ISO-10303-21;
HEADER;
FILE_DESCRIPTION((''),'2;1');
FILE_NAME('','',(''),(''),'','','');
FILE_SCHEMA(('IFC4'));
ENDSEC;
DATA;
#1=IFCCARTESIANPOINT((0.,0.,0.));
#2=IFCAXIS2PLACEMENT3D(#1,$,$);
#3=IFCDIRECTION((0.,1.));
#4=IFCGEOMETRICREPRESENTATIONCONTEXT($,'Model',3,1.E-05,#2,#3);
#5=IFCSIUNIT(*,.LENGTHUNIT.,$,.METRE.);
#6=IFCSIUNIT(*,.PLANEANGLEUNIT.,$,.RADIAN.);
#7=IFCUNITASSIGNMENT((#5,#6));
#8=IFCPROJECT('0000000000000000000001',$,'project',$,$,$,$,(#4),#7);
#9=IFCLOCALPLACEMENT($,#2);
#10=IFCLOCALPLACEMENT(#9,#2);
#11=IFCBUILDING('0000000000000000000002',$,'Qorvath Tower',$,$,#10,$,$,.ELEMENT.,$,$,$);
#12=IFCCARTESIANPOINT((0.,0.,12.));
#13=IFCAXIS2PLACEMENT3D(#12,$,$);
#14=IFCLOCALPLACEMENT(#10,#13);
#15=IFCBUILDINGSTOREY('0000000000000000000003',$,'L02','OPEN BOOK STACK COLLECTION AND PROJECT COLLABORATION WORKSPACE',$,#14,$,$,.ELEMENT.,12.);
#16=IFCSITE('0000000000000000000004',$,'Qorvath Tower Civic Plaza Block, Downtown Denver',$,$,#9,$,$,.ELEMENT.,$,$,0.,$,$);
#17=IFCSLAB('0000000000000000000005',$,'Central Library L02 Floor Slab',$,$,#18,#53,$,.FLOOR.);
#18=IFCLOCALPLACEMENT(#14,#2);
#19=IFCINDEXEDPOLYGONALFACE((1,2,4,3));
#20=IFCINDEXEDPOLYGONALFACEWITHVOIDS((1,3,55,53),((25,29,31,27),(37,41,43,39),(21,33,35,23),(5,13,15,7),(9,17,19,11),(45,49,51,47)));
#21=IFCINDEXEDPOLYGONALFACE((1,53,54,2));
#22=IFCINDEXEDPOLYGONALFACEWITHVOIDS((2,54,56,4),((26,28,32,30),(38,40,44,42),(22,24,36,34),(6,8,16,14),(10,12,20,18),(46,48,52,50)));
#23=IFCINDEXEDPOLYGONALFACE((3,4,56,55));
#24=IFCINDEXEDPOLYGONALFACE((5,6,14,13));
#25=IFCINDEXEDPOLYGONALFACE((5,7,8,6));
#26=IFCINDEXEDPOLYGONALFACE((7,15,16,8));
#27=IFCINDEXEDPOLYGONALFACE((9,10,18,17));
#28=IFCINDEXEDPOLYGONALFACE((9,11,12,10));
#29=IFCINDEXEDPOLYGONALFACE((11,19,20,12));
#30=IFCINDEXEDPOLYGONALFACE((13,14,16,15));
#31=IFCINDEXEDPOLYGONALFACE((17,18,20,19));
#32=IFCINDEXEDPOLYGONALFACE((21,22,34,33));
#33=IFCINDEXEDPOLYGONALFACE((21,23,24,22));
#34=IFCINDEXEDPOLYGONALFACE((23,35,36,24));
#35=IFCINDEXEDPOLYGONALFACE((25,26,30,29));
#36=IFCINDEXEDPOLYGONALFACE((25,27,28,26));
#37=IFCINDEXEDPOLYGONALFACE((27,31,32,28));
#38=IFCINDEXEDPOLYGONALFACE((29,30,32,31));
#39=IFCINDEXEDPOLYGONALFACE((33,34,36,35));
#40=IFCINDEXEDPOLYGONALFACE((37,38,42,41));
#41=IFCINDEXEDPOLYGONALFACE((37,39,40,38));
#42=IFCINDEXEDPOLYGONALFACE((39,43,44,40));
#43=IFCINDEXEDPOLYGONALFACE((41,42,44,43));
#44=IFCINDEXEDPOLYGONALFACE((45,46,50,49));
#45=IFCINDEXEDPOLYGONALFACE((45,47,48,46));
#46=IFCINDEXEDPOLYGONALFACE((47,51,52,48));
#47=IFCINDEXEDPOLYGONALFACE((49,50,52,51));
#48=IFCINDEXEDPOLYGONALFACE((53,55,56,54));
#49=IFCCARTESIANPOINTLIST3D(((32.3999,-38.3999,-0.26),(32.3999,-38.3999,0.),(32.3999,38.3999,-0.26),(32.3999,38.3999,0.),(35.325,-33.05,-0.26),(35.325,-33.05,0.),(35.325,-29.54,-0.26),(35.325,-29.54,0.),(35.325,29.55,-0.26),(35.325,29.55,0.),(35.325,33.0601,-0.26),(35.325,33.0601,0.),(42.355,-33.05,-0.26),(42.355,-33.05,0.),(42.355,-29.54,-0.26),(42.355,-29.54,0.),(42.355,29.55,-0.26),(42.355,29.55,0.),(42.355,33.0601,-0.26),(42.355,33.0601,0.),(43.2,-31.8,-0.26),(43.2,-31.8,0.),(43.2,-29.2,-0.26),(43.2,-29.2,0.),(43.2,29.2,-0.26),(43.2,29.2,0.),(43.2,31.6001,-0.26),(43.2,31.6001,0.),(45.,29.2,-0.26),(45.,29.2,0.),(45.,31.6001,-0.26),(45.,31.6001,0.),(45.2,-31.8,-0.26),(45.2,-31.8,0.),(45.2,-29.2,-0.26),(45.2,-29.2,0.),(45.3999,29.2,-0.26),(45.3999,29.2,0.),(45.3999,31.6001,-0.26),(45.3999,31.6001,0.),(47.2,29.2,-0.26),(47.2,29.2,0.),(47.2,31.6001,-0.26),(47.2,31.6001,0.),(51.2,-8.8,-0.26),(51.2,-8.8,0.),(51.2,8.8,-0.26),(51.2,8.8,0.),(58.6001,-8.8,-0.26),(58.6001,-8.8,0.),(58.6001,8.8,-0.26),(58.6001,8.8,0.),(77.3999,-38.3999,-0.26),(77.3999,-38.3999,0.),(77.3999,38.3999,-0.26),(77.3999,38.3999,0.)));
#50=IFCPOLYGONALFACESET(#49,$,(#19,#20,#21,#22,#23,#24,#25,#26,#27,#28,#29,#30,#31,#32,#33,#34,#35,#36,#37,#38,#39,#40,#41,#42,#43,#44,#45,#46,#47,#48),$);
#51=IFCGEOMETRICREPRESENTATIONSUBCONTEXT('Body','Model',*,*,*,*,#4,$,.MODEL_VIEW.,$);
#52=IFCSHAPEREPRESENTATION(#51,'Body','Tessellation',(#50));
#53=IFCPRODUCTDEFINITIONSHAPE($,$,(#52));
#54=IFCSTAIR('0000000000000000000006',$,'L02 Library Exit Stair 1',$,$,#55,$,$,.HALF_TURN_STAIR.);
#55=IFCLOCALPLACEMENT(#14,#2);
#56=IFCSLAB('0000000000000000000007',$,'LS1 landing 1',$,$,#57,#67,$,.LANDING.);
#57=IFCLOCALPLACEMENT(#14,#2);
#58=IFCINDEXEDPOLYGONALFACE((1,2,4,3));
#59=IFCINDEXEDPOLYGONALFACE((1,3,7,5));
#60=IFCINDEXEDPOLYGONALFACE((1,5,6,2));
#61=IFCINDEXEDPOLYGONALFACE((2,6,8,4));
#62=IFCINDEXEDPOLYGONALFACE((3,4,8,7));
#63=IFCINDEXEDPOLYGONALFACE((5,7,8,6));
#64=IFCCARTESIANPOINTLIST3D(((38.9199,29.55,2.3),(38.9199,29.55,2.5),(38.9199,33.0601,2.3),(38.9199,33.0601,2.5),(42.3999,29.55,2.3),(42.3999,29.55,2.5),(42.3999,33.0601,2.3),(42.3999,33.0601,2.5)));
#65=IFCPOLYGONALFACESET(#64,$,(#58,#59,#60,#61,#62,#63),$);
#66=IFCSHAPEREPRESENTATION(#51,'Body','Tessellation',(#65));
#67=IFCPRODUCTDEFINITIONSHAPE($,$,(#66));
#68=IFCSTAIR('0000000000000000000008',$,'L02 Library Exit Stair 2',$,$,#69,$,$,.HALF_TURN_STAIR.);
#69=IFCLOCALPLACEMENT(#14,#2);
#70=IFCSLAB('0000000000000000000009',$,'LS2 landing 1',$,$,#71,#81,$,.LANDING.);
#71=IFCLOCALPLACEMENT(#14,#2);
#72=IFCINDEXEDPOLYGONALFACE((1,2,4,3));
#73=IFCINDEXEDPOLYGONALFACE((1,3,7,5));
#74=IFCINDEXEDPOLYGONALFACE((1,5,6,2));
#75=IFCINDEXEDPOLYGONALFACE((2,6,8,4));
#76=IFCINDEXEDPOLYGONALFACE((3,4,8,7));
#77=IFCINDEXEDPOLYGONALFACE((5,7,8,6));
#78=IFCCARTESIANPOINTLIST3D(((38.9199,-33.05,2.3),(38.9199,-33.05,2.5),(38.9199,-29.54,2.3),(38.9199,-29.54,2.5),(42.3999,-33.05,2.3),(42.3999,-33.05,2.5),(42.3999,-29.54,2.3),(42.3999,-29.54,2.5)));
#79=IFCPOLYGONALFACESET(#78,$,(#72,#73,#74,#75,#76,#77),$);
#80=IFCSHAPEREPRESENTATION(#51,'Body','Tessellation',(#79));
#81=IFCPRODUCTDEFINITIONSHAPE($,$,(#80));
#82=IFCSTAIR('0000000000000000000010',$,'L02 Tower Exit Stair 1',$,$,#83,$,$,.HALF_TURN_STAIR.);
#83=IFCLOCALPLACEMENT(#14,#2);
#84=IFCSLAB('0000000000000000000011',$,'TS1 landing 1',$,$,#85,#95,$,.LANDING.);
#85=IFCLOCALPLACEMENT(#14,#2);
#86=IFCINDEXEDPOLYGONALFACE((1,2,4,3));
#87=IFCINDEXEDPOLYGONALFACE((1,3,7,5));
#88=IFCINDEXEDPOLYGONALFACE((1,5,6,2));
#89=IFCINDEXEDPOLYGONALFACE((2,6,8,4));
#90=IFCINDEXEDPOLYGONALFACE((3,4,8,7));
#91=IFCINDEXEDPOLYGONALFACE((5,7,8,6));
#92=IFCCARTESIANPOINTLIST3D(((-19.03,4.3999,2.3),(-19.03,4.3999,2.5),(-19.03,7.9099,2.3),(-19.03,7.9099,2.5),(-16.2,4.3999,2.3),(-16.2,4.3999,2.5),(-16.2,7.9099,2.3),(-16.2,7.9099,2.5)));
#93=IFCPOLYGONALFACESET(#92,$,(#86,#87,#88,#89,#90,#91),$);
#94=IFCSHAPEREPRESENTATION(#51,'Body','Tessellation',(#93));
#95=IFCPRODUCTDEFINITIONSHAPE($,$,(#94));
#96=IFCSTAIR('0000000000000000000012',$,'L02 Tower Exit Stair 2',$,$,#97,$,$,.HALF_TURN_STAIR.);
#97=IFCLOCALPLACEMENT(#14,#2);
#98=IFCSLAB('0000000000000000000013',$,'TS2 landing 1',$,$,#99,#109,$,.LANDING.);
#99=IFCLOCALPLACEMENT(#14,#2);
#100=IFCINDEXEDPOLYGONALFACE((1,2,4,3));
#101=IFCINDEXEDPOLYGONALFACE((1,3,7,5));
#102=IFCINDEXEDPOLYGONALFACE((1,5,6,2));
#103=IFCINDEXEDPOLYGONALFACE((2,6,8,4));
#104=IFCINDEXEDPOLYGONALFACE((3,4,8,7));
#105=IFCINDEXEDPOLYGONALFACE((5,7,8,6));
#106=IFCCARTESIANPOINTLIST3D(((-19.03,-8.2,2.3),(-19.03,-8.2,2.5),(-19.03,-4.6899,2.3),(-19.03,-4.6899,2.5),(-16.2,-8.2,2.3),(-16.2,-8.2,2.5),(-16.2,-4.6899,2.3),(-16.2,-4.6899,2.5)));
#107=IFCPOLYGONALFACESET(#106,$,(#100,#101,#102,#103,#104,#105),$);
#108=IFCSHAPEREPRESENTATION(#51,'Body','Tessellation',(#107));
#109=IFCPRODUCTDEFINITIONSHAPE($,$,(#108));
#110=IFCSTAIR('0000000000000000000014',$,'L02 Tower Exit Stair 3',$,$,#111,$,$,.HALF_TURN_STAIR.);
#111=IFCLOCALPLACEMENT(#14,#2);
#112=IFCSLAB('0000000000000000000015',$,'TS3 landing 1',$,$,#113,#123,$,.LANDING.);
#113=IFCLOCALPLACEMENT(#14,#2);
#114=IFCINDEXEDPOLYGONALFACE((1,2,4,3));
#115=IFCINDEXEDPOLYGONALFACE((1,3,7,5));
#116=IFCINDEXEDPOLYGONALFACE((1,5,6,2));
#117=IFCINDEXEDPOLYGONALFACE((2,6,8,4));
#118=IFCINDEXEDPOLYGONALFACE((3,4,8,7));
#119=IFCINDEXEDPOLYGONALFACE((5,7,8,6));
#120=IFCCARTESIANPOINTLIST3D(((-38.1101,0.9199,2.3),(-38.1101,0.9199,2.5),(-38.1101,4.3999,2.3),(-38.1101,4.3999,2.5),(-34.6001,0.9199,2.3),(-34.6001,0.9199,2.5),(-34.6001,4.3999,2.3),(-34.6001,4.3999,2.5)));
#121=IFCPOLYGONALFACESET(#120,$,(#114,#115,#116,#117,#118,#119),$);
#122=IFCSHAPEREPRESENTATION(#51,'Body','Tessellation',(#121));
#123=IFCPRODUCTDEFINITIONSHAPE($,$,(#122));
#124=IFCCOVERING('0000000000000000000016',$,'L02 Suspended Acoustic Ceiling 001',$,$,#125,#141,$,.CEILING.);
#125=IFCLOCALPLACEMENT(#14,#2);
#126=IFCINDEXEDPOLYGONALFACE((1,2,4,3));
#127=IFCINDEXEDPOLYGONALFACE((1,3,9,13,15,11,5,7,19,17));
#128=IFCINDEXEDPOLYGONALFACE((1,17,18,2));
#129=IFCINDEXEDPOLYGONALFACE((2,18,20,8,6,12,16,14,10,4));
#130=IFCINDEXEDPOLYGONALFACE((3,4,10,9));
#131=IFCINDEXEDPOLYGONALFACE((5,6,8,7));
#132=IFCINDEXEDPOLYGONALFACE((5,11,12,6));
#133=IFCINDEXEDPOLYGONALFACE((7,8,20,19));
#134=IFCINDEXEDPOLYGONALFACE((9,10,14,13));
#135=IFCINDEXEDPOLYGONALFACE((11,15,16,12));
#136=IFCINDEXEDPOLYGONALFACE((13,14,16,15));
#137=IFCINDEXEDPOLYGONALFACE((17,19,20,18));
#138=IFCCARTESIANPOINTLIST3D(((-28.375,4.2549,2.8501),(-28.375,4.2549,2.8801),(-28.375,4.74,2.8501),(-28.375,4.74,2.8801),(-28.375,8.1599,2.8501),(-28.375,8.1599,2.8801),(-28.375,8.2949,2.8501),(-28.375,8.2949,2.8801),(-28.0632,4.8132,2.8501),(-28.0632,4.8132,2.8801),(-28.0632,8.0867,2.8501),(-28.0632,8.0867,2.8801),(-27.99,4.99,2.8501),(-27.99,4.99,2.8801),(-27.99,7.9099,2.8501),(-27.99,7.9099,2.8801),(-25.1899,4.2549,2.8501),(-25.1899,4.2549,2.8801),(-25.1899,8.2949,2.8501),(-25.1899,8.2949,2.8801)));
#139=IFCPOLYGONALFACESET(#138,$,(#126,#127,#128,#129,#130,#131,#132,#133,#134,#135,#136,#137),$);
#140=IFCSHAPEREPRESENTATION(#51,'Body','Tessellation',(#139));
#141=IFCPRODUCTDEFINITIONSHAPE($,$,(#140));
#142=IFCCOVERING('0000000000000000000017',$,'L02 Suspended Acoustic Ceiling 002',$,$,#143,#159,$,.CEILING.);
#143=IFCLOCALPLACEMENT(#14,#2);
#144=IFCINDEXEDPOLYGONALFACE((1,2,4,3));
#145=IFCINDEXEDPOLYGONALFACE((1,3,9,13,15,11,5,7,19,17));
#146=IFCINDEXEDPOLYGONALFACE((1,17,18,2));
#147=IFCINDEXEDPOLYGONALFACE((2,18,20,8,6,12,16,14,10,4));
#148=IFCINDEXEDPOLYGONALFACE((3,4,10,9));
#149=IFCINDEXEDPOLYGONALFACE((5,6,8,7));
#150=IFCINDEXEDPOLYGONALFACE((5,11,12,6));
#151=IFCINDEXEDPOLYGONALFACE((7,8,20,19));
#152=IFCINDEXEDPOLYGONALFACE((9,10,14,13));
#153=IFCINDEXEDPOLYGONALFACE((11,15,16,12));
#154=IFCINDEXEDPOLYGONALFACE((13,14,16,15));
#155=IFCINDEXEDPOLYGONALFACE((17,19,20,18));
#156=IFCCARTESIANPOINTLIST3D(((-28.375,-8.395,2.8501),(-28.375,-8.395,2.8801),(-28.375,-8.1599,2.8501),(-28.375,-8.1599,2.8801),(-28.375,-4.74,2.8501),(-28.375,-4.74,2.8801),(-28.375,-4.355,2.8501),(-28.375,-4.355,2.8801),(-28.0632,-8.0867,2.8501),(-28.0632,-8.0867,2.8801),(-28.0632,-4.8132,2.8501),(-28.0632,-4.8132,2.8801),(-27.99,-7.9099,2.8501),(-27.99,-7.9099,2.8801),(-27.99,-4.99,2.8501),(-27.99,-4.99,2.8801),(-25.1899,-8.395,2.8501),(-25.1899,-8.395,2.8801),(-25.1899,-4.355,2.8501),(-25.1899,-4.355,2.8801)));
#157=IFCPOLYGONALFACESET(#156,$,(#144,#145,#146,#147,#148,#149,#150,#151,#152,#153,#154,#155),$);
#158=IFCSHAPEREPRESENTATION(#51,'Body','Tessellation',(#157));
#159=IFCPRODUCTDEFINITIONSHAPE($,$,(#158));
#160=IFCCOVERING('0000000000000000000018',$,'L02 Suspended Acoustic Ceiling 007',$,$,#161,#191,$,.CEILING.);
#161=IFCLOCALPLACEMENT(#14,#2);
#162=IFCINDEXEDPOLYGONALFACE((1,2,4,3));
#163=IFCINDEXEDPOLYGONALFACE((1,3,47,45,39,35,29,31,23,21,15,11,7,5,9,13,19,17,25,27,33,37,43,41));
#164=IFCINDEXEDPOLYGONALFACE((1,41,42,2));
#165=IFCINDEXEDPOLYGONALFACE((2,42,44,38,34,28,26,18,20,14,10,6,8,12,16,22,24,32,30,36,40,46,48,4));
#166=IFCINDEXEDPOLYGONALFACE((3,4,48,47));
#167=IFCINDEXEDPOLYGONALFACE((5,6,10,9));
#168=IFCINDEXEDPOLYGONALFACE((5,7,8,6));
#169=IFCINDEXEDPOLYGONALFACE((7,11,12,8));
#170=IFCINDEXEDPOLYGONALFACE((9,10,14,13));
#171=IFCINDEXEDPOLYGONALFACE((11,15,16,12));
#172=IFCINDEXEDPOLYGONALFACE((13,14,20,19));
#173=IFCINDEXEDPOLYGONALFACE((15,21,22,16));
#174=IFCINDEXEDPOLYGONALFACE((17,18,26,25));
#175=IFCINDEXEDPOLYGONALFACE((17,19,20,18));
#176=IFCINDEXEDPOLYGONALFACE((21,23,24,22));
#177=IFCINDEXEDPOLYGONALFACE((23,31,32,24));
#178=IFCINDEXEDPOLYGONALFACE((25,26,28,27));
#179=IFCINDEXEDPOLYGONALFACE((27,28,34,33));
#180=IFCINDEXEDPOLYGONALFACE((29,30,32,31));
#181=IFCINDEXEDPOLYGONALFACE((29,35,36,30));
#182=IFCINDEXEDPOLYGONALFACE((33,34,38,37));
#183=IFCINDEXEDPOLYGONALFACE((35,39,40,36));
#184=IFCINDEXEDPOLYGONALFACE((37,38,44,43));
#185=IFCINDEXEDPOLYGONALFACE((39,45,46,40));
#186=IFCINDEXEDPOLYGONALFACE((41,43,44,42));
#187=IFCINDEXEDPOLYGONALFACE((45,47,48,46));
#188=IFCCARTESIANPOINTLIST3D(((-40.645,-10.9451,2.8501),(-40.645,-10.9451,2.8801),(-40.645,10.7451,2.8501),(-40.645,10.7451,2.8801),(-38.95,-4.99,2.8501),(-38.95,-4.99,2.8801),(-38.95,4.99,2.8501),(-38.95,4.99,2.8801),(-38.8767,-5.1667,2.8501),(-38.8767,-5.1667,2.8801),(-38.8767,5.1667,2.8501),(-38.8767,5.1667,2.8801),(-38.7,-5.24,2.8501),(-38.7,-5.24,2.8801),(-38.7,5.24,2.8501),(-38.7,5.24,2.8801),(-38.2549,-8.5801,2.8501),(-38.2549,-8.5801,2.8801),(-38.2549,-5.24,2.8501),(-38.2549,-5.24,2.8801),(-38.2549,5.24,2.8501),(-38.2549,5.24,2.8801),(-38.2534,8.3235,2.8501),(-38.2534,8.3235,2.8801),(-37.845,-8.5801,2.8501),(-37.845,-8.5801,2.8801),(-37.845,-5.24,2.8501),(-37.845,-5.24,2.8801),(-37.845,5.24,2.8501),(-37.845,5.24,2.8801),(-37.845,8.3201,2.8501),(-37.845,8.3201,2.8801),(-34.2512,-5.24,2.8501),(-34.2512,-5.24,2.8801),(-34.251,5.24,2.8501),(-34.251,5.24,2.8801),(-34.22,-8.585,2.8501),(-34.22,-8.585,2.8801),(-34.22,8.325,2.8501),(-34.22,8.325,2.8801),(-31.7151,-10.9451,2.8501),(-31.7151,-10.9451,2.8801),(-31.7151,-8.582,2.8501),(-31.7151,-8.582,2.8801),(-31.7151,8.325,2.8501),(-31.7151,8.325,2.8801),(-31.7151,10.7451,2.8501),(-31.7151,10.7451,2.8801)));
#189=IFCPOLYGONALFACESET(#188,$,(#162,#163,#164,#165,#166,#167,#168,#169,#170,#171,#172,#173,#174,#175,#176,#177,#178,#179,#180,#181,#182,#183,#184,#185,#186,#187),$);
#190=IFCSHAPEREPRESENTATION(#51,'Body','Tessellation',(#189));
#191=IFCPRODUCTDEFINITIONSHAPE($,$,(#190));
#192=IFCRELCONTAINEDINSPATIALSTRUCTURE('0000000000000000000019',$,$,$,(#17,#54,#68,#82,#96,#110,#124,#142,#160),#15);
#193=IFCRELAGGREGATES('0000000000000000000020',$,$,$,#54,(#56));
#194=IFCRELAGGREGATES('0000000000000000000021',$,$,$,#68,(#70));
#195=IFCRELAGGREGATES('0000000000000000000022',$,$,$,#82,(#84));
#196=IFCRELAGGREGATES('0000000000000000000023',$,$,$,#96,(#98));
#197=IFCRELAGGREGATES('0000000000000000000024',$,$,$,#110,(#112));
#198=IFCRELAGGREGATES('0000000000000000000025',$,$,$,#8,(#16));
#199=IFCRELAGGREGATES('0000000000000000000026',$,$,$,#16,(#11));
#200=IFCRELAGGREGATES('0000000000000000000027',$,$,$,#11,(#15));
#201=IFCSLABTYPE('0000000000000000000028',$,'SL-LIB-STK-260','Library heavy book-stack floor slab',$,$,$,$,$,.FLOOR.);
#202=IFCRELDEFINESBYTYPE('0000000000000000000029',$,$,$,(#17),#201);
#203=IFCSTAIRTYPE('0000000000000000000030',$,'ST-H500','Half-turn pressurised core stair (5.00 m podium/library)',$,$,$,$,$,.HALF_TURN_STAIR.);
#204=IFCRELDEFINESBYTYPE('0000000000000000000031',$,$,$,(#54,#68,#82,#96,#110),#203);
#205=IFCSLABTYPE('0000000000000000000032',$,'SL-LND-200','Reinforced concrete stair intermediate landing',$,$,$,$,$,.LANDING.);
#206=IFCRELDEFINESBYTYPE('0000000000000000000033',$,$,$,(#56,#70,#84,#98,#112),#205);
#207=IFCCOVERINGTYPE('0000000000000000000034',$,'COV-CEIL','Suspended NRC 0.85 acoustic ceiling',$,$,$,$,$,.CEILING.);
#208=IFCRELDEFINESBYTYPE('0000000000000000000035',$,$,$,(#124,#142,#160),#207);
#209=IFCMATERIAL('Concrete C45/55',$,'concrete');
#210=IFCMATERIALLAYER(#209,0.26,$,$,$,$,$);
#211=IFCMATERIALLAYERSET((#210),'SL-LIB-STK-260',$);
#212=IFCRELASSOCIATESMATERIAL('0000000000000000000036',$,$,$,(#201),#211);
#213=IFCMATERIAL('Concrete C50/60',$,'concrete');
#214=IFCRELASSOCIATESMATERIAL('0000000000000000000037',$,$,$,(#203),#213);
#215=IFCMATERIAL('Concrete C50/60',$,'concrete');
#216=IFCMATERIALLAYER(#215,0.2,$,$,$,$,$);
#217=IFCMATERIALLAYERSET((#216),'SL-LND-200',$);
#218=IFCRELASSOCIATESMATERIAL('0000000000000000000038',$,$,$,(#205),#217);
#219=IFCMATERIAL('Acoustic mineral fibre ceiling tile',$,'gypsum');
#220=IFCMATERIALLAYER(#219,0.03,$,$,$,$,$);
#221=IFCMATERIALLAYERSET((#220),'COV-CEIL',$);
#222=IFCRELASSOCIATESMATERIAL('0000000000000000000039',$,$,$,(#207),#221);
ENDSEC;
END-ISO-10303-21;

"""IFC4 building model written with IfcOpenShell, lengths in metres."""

from ifc_helpers import new_model, si_unit, direction, frame, origin, place, context, subcontext, project, spatial, polyline, outline, extrude, material, layer, layer_set, type_object, element, aggregate, save


model = new_model("IFC4")

# Units and contexts
model_context = context("Model", 3, precision=1e-05, world=origin(), true_north=direction((0.0, 1.0)))
body_context = subcontext(model_context, "Body", "Model", "MODEL_VIEW")
ifc_project = project(units=[si_unit("LENGTHUNIT", "METRE"), si_unit("PLANEANGLEUNIT", "RADIAN")], contexts=[model_context])

# Site, building, storey
site_placement = place(None, origin())
site = spatial("IfcSite", under=ifc_project, at=site_placement, Name="Qorvath Tower Civic Plaza Block, Downtown Denver", CompositionType="ELEMENT", RefElevation=0.0)
building_placement = place(site_placement, origin())
building = spatial("IfcBuilding", under=site, at=building_placement, Name="Qorvath Tower", CompositionType="ELEMENT")
storey_placement = place(building_placement, frame((0.0, 0.0, 12.0)))
storey = spatial("IfcBuildingStorey", under=building, at=storey_placement, Name="L02", Description="OPEN BOOK STACK COLLECTION AND PROJECT COLLABORATION WORKSPACE", CompositionType="ELEMENT", Elevation=12.0)

# Slab
ifc_material_1 = material(Name="Concrete C45/55", Category="concrete")
ifc_layer_1 = layer(ifc_material_1, 0.26)
ifc_layer_set_1 = layer_set([ifc_layer_1], Name="SL-LIB-STK-260")
slab_type_1 = type_object("IfcSlabType", Name="SL-LIB-STK-260", Description="Library heavy book-stack floor slab", PredefinedType="FLOOR", material=ifc_layer_set_1)
slab_1_placement = place(storey_placement, frame((0.0, 0.0, -0.26)))
element("IfcSlab", 1, at=slab_1_placement, inside=storey, type_object=slab_type_1, Name="Central Library L02 Floor Slab", PredefinedType="FLOOR", context=body_context, shape_type="SweptSolid", body=[
    extrude(outline(polyline([(77.3999, -38.3999), (77.3999, 38.3999), (32.3999, 38.3999), (32.3999, -38.3999), (77.3999, -38.3999)]), holes=[polyline([(58.6001, -8.8), (51.2, -8.8), (51.2, 8.8), (58.6001, 8.8), (58.6001, -8.8)]), polyline([(47.2, 29.2), (45.3999, 29.2), (45.3999, 31.6001), (47.2, 31.6001), (47.2, 29.2)]), polyline([(45.2, -31.8), (43.2, -31.8), (43.2, -29.2), (45.2, -29.2), (45.2, -31.8)]), polyline([(45.0, 31.6001), (45.0, 29.2), (43.2, 29.2), (43.2, 31.6001), (45.0, 31.6001)]), polyline([(42.355, -29.54), (42.355, -33.05), (35.325, -33.05), (35.325, -29.54), (42.355, -29.54)]), polyline([(42.355, 29.55), (35.325, 29.55), (35.325, 33.0601), (42.355, 33.0601), (42.355, 29.55)])]), origin(), (0.0, 0.0, 1.0), 0.26),
])

# Stairs, slabs
ifc_material_2 = material(Name="Concrete C50/60", Category="concrete")
stair_type = type_object("IfcStairType", Name="ST-H500", Description="Half-turn pressurised core stair (5.00 m podium/library)", PredefinedType="HALF_TURN_STAIR", material=ifc_material_2)
stair_1_placement = place(storey_placement, origin())
stair_1 = element("IfcStair", 2, at=stair_1_placement, inside=storey, type_object=stair_type, Name="L02 Library Exit Stair 1", PredefinedType="HALF_TURN_STAIR")
ifc_material_3 = material(Name="Concrete C50/60", Category="concrete")
ifc_layer_2 = layer(ifc_material_3, 0.2)
ifc_layer_set_2 = layer_set([ifc_layer_2], Name="SL-LND-200")
slab_type_2 = type_object("IfcSlabType", Name="SL-LND-200", Description="Reinforced concrete stair intermediate landing", PredefinedType="LANDING", material=ifc_layer_set_2)
slab_2_placement = place(storey_placement, frame((0.0, 0.0, 2.3)))
slab_2 = element("IfcSlab", 3, at=slab_2_placement, type_object=slab_type_2, Name="LS1 landing 1", PredefinedType="LANDING", context=body_context, shape_type="SweptSolid", body=[
    extrude(outline(polyline([(38.9199, 29.55), (42.3999, 29.55), (42.3999, 33.0601), (38.9199, 33.0601), (38.9199, 29.55)])), origin(), (0.0, 0.0, 1.0), 0.2),
])
aggregate(stair_1, [slab_2])
stair_2_placement = place(storey_placement, origin())
stair_2 = element("IfcStair", 4, at=stair_2_placement, inside=storey, type_object=stair_type, Name="L02 Library Exit Stair 2", PredefinedType="HALF_TURN_STAIR")
slab_3_placement = place(storey_placement, frame((0.0, 0.0, 2.3)))
slab_3 = element("IfcSlab", 5, at=slab_3_placement, type_object=slab_type_2, Name="LS2 landing 1", PredefinedType="LANDING", context=body_context, shape_type="SweptSolid", body=[
    extrude(outline(polyline([(38.9199, -33.05), (42.3999, -33.05), (42.3999, -29.54), (38.9199, -29.54), (38.9199, -33.05)])), origin(), (0.0, 0.0, 1.0), 0.2),
])
aggregate(stair_2, [slab_3])
stair_3_placement = place(storey_placement, origin())
stair_3 = element("IfcStair", 6, at=stair_3_placement, inside=storey, type_object=stair_type, Name="L02 Tower Exit Stair 1", PredefinedType="HALF_TURN_STAIR")
slab_4_placement = place(storey_placement, frame((0.0, 0.0, 2.3)))
slab_4 = element("IfcSlab", 7, at=slab_4_placement, type_object=slab_type_2, Name="TS1 landing 1", PredefinedType="LANDING", context=body_context, shape_type="SweptSolid", body=[
    extrude(outline(polyline([(-19.03, 4.3999), (-16.2, 4.3999), (-16.2, 7.9099), (-19.03, 7.9099), (-19.03, 4.3999)])), origin(), (0.0, 0.0, 1.0), 0.2),
])
aggregate(stair_3, [slab_4])
stair_4_placement = place(storey_placement, origin())
stair_4 = element("IfcStair", 8, at=stair_4_placement, inside=storey, type_object=stair_type, Name="L02 Tower Exit Stair 2", PredefinedType="HALF_TURN_STAIR")
slab_5_placement = place(storey_placement, frame((0.0, 0.0, 2.3)))
slab_5 = element("IfcSlab", 9, at=slab_5_placement, type_object=slab_type_2, Name="TS2 landing 1", PredefinedType="LANDING", context=body_context, shape_type="SweptSolid", body=[
    extrude(outline(polyline([(-19.03, -8.2), (-16.2, -8.2), (-16.2, -4.6899), (-19.03, -4.6899), (-19.03, -8.2)])), origin(), (0.0, 0.0, 1.0), 0.2),
])
aggregate(stair_4, [slab_5])
stair_5_placement = place(storey_placement, origin())
stair_5 = element("IfcStair", 10, at=stair_5_placement, inside=storey, type_object=stair_type, Name="L02 Tower Exit Stair 3", PredefinedType="HALF_TURN_STAIR")
slab_6_placement = place(storey_placement, frame((0.0, 0.0, 2.3)))
slab_6 = element("IfcSlab", 11, at=slab_6_placement, type_object=slab_type_2, Name="TS3 landing 1", PredefinedType="LANDING", context=body_context, shape_type="SweptSolid", body=[
    extrude(outline(polyline([(-34.6001, 0.9199), (-34.6001, 4.3999), (-38.1101, 4.3999), (-38.1101, 0.9199), (-34.6001, 0.9199)])), origin(), (0.0, 0.0, 1.0), 0.2),
])
aggregate(stair_5, [slab_6])

# Coverings
ifc_material_4 = material(Name="Acoustic mineral fibre ceiling tile", Category="gypsum")
ifc_layer_3 = layer(ifc_material_4, 0.03)
ifc_layer_set_3 = layer_set([ifc_layer_3], Name="COV-CEIL")
covering_type_1 = type_object("IfcCoveringType", Name="COV-CEIL", Description="Suspended NRC 0.85 acoustic ceiling", PredefinedType="CEILING", material=ifc_layer_set_3)
covering_1_placement = place(storey_placement, frame((0.0, 0.0, 2.8501)))
element("IfcCovering", 12, at=covering_1_placement, inside=storey, type_object=covering_type_1, Name="L02 Suspended Acoustic Ceiling 001", PredefinedType="CEILING", context=body_context, shape_type="SweptSolid", body=[
    extrude(outline(polyline([(-25.1899, 4.2549), (-25.1899, 8.2949), (-28.375, 8.2949), (-28.375, 8.1599), (-28.0632, 8.0867), (-27.99, 7.9099), (-27.99, 4.99), (-28.0632, 4.8132), (-28.375, 4.74), (-28.375, 4.2549), (-25.1899, 4.2549)])), origin(), (0.0, 0.0, 1.0), 0.03),
])
covering_2_placement = place(storey_placement, frame((0.0, 0.0, 2.8501)))
element("IfcCovering", 13, at=covering_2_placement, inside=storey, type_object=covering_type_1, Name="L02 Suspended Acoustic Ceiling 002", PredefinedType="CEILING", context=body_context, shape_type="SweptSolid", body=[
    extrude(outline(polyline([(-25.1899, -8.395), (-25.1899, -4.355), (-28.375, -4.355), (-28.375, -4.74), (-28.0632, -4.8132), (-27.99, -4.99), (-27.99, -7.9099), (-28.0632, -8.0867), (-28.375, -8.1599), (-28.375, -8.395), (-25.1899, -8.395)])), origin(), (0.0, 0.0, 1.0), 0.03),
])
covering_3_placement = place(storey_placement, frame((0.0, 0.0, 2.8501)))
element("IfcCovering", 14, at=covering_3_placement, inside=storey, type_object=covering_type_1, Name="L02 Suspended Acoustic Ceiling 007", PredefinedType="CEILING", context=body_context, shape_type="SweptSolid", body=[
    extrude(outline(polyline([(-31.7151, -10.9451), (-31.7151, -8.582), (-34.22, -8.585), (-34.2512, -5.24), (-37.845, -5.24), (-37.845, -8.5801), (-38.2549, -8.5801), (-38.2549, -5.24), (-38.7, -5.24), (-38.8767, -5.1667), (-38.95, -4.99), (-38.95, 4.99), (-38.8767, 5.1667), (-38.7, 5.24), (-38.2549, 5.24), (-38.2534, 8.3235), (-37.845, 8.3201), (-37.845, 5.24), (-34.251, 5.24), (-34.22, 8.325), (-31.7151, 8.325), (-31.7151, 10.7451), (-40.645, 10.7451), (-40.645, -10.9451), (-31.7151, -10.9451)])), origin(), (0.0, 0.0, 1.0), 0.03),
])

save(model, "model.ifc")
